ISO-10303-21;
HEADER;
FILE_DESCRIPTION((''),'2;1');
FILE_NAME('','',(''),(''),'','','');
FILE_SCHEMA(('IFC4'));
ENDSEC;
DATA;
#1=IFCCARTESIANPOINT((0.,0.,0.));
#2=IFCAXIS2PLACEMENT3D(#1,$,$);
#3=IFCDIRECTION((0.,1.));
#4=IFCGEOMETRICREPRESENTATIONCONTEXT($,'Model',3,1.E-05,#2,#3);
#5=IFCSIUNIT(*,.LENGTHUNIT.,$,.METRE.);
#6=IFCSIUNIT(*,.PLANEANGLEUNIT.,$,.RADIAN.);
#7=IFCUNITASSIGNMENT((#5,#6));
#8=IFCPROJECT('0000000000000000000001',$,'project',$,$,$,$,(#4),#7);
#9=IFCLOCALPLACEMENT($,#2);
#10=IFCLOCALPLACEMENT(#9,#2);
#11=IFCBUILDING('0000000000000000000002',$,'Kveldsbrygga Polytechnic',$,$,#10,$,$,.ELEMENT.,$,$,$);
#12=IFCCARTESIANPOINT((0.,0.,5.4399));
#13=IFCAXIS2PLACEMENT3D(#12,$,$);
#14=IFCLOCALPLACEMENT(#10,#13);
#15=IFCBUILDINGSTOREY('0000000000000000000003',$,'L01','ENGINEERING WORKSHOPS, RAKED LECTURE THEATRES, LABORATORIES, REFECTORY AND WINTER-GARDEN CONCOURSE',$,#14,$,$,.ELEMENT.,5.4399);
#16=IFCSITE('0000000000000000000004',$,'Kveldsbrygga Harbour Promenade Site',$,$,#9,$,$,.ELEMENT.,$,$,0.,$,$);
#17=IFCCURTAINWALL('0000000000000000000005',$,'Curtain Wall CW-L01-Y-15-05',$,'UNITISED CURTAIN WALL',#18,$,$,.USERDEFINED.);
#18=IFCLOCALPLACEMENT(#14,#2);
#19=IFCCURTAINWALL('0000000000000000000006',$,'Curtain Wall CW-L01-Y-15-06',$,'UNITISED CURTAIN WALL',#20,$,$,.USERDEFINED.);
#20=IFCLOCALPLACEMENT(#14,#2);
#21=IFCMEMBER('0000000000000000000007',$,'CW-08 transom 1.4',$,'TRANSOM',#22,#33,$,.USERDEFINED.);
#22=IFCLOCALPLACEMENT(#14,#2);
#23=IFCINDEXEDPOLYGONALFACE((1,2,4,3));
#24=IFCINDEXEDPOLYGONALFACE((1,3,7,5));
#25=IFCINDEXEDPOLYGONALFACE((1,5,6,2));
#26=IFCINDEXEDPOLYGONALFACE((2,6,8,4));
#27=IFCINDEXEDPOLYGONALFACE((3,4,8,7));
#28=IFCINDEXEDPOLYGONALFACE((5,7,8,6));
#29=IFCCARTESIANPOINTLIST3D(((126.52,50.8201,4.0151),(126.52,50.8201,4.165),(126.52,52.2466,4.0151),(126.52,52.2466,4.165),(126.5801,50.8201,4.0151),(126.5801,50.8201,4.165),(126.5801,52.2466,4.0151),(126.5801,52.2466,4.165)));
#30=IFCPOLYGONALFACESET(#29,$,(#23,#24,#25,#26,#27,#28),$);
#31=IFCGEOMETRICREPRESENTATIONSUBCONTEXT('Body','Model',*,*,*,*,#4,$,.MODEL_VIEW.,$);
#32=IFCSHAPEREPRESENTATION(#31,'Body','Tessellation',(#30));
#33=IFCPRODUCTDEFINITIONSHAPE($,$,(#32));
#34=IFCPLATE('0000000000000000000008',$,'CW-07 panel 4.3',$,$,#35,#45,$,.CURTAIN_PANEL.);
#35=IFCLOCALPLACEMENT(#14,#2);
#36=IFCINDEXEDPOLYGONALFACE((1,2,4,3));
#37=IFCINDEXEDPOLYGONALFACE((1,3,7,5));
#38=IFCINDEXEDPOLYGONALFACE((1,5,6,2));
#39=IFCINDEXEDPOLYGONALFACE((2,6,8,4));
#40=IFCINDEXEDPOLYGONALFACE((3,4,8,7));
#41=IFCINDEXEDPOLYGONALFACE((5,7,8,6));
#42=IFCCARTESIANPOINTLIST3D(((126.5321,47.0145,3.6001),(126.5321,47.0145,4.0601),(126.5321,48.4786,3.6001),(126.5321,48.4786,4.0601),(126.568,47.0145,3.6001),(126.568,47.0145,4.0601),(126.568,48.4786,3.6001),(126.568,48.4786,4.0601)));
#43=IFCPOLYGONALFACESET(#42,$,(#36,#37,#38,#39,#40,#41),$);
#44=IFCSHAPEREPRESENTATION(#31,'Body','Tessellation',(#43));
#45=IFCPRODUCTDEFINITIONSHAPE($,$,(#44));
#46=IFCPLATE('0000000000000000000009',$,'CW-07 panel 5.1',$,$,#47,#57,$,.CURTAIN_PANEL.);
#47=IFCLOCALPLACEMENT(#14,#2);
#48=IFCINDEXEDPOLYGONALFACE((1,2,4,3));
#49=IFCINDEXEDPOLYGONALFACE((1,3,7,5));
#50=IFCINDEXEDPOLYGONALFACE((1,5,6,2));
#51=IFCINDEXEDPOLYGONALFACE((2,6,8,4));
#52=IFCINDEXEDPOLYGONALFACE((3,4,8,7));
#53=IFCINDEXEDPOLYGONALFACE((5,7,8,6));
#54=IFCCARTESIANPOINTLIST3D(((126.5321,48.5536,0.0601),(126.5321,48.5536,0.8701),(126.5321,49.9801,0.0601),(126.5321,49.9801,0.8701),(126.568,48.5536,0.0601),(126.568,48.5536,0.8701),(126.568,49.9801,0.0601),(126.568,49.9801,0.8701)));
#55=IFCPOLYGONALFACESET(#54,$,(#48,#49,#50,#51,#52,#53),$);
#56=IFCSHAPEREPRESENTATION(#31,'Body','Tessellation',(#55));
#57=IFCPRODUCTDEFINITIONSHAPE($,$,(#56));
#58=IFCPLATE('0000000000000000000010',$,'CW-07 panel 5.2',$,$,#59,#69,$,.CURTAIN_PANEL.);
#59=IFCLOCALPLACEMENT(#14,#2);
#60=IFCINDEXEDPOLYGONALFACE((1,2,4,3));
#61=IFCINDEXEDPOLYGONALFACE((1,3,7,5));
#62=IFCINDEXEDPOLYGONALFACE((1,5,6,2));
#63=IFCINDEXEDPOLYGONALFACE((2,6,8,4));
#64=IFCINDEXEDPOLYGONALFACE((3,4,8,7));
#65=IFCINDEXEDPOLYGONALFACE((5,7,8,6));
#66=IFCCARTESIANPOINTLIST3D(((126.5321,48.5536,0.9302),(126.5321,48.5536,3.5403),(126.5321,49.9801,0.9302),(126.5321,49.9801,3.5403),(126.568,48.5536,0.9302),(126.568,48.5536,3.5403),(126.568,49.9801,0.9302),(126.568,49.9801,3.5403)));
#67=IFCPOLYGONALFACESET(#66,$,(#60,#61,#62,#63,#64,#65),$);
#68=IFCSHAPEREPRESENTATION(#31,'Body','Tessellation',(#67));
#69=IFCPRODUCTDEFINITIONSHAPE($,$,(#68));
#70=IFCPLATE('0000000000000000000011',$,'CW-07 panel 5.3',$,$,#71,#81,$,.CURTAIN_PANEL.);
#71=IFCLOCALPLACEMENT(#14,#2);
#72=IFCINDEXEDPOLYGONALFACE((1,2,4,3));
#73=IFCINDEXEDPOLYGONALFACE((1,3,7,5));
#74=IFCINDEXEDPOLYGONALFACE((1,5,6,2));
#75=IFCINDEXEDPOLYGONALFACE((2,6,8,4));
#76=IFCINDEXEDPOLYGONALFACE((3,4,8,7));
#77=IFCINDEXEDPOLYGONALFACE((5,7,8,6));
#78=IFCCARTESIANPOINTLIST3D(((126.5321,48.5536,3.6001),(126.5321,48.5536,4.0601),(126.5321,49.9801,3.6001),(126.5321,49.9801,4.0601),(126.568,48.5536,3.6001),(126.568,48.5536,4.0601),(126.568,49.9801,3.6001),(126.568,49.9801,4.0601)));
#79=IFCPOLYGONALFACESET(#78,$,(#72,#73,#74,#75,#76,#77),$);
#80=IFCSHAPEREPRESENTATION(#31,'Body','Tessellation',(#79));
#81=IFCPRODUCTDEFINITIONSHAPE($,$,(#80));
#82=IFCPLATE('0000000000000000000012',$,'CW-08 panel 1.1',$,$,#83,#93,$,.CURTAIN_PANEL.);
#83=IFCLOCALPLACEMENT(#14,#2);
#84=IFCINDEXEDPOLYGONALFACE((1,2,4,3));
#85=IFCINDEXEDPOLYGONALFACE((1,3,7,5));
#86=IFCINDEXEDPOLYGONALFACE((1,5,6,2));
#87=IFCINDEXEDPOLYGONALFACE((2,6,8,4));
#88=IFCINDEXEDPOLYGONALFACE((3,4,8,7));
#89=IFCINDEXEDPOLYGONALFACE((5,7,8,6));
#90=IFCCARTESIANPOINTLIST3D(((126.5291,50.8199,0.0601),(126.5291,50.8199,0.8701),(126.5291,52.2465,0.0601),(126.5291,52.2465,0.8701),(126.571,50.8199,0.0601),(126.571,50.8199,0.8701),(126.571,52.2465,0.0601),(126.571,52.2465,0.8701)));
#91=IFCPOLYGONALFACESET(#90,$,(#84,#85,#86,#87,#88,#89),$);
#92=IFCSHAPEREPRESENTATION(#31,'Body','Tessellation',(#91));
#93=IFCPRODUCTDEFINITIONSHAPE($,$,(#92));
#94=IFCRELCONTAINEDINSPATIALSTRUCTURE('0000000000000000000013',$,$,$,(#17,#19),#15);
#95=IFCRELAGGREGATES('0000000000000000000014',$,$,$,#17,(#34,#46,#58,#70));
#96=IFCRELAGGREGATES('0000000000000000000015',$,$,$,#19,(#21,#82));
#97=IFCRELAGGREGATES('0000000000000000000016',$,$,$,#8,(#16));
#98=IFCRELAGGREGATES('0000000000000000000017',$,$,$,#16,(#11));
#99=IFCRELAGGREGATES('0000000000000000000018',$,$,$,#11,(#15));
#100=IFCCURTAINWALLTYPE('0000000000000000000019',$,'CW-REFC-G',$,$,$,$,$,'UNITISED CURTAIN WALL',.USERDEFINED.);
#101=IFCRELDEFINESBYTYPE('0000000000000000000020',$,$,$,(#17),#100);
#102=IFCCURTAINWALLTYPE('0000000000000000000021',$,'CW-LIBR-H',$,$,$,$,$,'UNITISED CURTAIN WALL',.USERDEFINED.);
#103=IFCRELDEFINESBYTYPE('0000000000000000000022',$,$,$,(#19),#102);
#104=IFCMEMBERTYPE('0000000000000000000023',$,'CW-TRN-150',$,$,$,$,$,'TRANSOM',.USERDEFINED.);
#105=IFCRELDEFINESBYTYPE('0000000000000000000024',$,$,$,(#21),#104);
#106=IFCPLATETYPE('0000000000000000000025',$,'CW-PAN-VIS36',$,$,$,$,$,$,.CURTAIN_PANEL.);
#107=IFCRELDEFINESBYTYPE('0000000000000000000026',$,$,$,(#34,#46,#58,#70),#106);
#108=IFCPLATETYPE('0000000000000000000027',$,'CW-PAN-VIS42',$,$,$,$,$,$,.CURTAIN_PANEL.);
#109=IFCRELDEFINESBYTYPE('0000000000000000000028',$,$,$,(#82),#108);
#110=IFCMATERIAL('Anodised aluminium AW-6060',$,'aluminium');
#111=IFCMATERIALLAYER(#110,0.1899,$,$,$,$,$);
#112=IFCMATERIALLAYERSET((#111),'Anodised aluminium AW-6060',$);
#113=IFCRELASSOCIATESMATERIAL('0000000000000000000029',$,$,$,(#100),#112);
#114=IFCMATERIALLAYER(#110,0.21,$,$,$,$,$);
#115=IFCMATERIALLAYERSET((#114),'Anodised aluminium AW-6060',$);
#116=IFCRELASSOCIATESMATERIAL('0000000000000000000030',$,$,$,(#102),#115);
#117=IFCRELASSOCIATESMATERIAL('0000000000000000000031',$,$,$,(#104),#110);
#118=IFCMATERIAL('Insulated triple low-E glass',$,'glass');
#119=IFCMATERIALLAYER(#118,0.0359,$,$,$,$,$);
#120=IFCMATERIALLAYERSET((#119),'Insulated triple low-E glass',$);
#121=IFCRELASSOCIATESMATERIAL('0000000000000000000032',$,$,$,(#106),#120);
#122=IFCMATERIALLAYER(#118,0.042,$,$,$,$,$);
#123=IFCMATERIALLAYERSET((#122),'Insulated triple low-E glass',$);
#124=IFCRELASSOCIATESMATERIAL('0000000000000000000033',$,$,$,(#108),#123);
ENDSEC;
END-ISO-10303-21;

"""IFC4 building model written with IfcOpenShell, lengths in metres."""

from ifc_helpers import new_model, si_unit, direction, frame, origin, origin_2d, place, context, subcontext, project, spatial, rectangle, extrude, material, layer, layer_set, material_profile, profile_set, type_object, element, aggregate, save


model = new_model("IFC4")

# Units and contexts
model_context = context("Model", 3, precision=1e-05, world=origin(), true_north=direction((0.0, 1.0)))
body_context = subcontext(model_context, "Body", "Model", "MODEL_VIEW")
ifc_project = project(units=[si_unit("LENGTHUNIT", "METRE"), si_unit("PLANEANGLEUNIT", "RADIAN")], contexts=[model_context])

# Site, building, storey
site_placement = place(None, origin())
site = spatial("IfcSite", under=ifc_project, at=site_placement, Name="Kveldsbrygga Harbour Promenade Site", CompositionType="ELEMENT", RefElevation=0.0)
building_placement = place(site_placement, origin())
building = spatial("IfcBuilding", under=site, at=building_placement, Name="Kveldsbrygga Polytechnic", CompositionType="ELEMENT")
storey_placement = place(building_placement, frame((0.0, 0.0, 5.4399)))
storey = spatial("IfcBuildingStorey", under=building, at=storey_placement, Name="L01", Description="ENGINEERING WORKSHOPS, RAKED LECTURE THEATRES, LABORATORIES, REFECTORY AND WINTER-GARDEN CONCOURSE", CompositionType="ELEMENT", Elevation=5.4399)

# Curtain wall
ifc_material_1 = material(Name="Anodised aluminium AW-6060", Category="aluminium")
ifc_layer_1 = layer(ifc_material_1, 0.1899)
ifc_layer_set_1 = layer_set([ifc_layer_1], Name="Anodised aluminium AW-6060")
curtain_wall_type_1 = type_object("IfcCurtainWallType", Name="CW-REFC-G", ElementType="UNITISED CURTAIN WALL", PredefinedType="USERDEFINED", material=ifc_layer_set_1)
curtain_wall_1_placement = place(storey_placement, origin())
curtain_wall_1 = element("IfcCurtainWall", 1, at=curtain_wall_1_placement, inside=storey, type_object=curtain_wall_type_1, Name="Curtain Wall CW-L01-Y-15-05", ObjectType="UNITISED CURTAIN WALL", PredefinedType="USERDEFINED")

# Curtain wall
ifc_layer_2 = layer(ifc_material_1, 0.21)
ifc_layer_set_2 = layer_set([ifc_layer_2], Name="Anodised aluminium AW-6060")
curtain_wall_type_2 = type_object("IfcCurtainWallType", Name="CW-LIBR-H", ElementType="UNITISED CURTAIN WALL", PredefinedType="USERDEFINED", material=ifc_layer_set_2)
curtain_wall_2_placement = place(storey_placement, origin())
curtain_wall_2 = element("IfcCurtainWall", 2, at=curtain_wall_2_placement, inside=storey, type_object=curtain_wall_type_2, Name="Curtain Wall CW-L01-Y-15-06", ObjectType="UNITISED CURTAIN WALL", PredefinedType="USERDEFINED")

# Member
ifc_material_profile_1 = material_profile(ifc_material_1, rectangle(XDim=0.0601, YDim=0.1499, at=origin_2d()), Name="ALU 60x150")
ifc_profile_set_1 = profile_set([ifc_material_profile_1], Name="Anodised aluminium AW-6060")
member_type_1 = type_object("IfcMemberType", Name="CW-TRN-150", ElementType="TRANSOM", PredefinedType="USERDEFINED", material=ifc_profile_set_1)
member_1_placement = place(storey_placement, frame((126.55, 50.8201, 4.0901), z_axis=(0.0, 1.0, 0.0), x_axis=(-1.0, 0.0, 0.0)))
member_1 = element("IfcMember", 3, at=member_1_placement, type_object=member_type_1, Name="CW-08 transom 1.4", ObjectType="TRANSOM", PredefinedType="USERDEFINED", context=body_context, shape_type="SweptSolid", body=[
    extrude(rectangle(XDim=0.0601, YDim=0.1499, at=origin_2d()), origin(), (0.0, 0.0, 1.0), 1.4265),
])

# Plates
ifc_material_2 = material(Name="Insulated triple low-E glass", Category="glass")
ifc_layer_3 = layer(ifc_material_2, 0.0359)
ifc_layer_set_3 = layer_set([ifc_layer_3], Name="Insulated triple low-E glass")
plate_type_1 = type_object("IfcPlateType", Name="CW-PAN-VIS36", PredefinedType="CURTAIN_PANEL", material=ifc_layer_set_3)
plate_1_placement = place(storey_placement, frame((126.55, 47.7466, 3.6001), z_axis=(0.0, 0.0, 1.0), x_axis=(0.0, 1.0, 0.0)))
plate_1 = element("IfcPlate", 4, at=plate_1_placement, type_object=plate_type_1, Name="CW-07 panel 4.3", PredefinedType="CURTAIN_PANEL", context=body_context, shape_type="SweptSolid", body=[
    extrude(rectangle(XDim=1.4641, YDim=0.0359, at=origin_2d()), origin(), (0.0, 0.0, 1.0), 0.46),
])
plate_2_placement = place(storey_placement, frame((126.55, 49.2668, 0.0601), z_axis=(0.0, 0.0, 1.0), x_axis=(0.0, 1.0, 0.0)))
plate_2 = element("IfcPlate", 5, at=plate_2_placement, type_object=plate_type_1, Name="CW-07 panel 5.1", PredefinedType="CURTAIN_PANEL", context=body_context, shape_type="SweptSolid", body=[
    extrude(rectangle(XDim=1.4265, YDim=0.0359, at=origin_2d()), origin(), (0.0, 0.0, 1.0), 0.8101),
])
plate_3_placement = place(storey_placement, frame((126.55, 49.2668, 0.9302), z_axis=(0.0, 0.0, 1.0), x_axis=(0.0, 1.0, 0.0)))
plate_3 = element("IfcPlate", 6, at=plate_3_placement, type_object=plate_type_1, Name="CW-07 panel 5.2", PredefinedType="CURTAIN_PANEL", context=body_context, shape_type="SweptSolid", body=[
    extrude(rectangle(XDim=1.4265, YDim=0.0359, at=origin_2d()), origin(), (0.0, 0.0, 1.0), 2.6101),
])
plate_4_placement = place(storey_placement, frame((126.55, 49.2668, 3.6001), z_axis=(0.0, 0.0, 1.0), x_axis=(0.0, 1.0, 0.0)))
plate_4 = element("IfcPlate", 7, at=plate_4_placement, type_object=plate_type_1, Name="CW-07 panel 5.3", PredefinedType="CURTAIN_PANEL", context=body_context, shape_type="SweptSolid", body=[
    extrude(rectangle(XDim=1.4265, YDim=0.0359, at=origin_2d()), origin(), (0.0, 0.0, 1.0), 0.46),
])
aggregate(curtain_wall_1, [plate_1, plate_2, plate_3, plate_4])
ifc_layer_4 = layer(ifc_material_2, 0.042)
ifc_layer_set_4 = layer_set([ifc_layer_4], Name="Insulated triple low-E glass")
plate_type_2 = type_object("IfcPlateType", Name="CW-PAN-VIS42", PredefinedType="CURTAIN_PANEL", material=ifc_layer_set_4)
plate_5_placement = place(storey_placement, frame((126.55, 51.5332, 0.0601), z_axis=(0.0, 0.0, 1.0), x_axis=(0.0, 1.0, 0.0)))
plate_5 = element("IfcPlate", 8, at=plate_5_placement, type_object=plate_type_2, Name="CW-08 panel 1.1", PredefinedType="CURTAIN_PANEL", context=body_context, shape_type="SweptSolid", body=[
    extrude(rectangle(XDim=1.4265, YDim=0.042, at=origin_2d()), origin(), (0.0, 0.0, 1.0), 0.8101),
])
aggregate(curtain_wall_2, [member_1, plate_5])

save(model, "model.ifc")
